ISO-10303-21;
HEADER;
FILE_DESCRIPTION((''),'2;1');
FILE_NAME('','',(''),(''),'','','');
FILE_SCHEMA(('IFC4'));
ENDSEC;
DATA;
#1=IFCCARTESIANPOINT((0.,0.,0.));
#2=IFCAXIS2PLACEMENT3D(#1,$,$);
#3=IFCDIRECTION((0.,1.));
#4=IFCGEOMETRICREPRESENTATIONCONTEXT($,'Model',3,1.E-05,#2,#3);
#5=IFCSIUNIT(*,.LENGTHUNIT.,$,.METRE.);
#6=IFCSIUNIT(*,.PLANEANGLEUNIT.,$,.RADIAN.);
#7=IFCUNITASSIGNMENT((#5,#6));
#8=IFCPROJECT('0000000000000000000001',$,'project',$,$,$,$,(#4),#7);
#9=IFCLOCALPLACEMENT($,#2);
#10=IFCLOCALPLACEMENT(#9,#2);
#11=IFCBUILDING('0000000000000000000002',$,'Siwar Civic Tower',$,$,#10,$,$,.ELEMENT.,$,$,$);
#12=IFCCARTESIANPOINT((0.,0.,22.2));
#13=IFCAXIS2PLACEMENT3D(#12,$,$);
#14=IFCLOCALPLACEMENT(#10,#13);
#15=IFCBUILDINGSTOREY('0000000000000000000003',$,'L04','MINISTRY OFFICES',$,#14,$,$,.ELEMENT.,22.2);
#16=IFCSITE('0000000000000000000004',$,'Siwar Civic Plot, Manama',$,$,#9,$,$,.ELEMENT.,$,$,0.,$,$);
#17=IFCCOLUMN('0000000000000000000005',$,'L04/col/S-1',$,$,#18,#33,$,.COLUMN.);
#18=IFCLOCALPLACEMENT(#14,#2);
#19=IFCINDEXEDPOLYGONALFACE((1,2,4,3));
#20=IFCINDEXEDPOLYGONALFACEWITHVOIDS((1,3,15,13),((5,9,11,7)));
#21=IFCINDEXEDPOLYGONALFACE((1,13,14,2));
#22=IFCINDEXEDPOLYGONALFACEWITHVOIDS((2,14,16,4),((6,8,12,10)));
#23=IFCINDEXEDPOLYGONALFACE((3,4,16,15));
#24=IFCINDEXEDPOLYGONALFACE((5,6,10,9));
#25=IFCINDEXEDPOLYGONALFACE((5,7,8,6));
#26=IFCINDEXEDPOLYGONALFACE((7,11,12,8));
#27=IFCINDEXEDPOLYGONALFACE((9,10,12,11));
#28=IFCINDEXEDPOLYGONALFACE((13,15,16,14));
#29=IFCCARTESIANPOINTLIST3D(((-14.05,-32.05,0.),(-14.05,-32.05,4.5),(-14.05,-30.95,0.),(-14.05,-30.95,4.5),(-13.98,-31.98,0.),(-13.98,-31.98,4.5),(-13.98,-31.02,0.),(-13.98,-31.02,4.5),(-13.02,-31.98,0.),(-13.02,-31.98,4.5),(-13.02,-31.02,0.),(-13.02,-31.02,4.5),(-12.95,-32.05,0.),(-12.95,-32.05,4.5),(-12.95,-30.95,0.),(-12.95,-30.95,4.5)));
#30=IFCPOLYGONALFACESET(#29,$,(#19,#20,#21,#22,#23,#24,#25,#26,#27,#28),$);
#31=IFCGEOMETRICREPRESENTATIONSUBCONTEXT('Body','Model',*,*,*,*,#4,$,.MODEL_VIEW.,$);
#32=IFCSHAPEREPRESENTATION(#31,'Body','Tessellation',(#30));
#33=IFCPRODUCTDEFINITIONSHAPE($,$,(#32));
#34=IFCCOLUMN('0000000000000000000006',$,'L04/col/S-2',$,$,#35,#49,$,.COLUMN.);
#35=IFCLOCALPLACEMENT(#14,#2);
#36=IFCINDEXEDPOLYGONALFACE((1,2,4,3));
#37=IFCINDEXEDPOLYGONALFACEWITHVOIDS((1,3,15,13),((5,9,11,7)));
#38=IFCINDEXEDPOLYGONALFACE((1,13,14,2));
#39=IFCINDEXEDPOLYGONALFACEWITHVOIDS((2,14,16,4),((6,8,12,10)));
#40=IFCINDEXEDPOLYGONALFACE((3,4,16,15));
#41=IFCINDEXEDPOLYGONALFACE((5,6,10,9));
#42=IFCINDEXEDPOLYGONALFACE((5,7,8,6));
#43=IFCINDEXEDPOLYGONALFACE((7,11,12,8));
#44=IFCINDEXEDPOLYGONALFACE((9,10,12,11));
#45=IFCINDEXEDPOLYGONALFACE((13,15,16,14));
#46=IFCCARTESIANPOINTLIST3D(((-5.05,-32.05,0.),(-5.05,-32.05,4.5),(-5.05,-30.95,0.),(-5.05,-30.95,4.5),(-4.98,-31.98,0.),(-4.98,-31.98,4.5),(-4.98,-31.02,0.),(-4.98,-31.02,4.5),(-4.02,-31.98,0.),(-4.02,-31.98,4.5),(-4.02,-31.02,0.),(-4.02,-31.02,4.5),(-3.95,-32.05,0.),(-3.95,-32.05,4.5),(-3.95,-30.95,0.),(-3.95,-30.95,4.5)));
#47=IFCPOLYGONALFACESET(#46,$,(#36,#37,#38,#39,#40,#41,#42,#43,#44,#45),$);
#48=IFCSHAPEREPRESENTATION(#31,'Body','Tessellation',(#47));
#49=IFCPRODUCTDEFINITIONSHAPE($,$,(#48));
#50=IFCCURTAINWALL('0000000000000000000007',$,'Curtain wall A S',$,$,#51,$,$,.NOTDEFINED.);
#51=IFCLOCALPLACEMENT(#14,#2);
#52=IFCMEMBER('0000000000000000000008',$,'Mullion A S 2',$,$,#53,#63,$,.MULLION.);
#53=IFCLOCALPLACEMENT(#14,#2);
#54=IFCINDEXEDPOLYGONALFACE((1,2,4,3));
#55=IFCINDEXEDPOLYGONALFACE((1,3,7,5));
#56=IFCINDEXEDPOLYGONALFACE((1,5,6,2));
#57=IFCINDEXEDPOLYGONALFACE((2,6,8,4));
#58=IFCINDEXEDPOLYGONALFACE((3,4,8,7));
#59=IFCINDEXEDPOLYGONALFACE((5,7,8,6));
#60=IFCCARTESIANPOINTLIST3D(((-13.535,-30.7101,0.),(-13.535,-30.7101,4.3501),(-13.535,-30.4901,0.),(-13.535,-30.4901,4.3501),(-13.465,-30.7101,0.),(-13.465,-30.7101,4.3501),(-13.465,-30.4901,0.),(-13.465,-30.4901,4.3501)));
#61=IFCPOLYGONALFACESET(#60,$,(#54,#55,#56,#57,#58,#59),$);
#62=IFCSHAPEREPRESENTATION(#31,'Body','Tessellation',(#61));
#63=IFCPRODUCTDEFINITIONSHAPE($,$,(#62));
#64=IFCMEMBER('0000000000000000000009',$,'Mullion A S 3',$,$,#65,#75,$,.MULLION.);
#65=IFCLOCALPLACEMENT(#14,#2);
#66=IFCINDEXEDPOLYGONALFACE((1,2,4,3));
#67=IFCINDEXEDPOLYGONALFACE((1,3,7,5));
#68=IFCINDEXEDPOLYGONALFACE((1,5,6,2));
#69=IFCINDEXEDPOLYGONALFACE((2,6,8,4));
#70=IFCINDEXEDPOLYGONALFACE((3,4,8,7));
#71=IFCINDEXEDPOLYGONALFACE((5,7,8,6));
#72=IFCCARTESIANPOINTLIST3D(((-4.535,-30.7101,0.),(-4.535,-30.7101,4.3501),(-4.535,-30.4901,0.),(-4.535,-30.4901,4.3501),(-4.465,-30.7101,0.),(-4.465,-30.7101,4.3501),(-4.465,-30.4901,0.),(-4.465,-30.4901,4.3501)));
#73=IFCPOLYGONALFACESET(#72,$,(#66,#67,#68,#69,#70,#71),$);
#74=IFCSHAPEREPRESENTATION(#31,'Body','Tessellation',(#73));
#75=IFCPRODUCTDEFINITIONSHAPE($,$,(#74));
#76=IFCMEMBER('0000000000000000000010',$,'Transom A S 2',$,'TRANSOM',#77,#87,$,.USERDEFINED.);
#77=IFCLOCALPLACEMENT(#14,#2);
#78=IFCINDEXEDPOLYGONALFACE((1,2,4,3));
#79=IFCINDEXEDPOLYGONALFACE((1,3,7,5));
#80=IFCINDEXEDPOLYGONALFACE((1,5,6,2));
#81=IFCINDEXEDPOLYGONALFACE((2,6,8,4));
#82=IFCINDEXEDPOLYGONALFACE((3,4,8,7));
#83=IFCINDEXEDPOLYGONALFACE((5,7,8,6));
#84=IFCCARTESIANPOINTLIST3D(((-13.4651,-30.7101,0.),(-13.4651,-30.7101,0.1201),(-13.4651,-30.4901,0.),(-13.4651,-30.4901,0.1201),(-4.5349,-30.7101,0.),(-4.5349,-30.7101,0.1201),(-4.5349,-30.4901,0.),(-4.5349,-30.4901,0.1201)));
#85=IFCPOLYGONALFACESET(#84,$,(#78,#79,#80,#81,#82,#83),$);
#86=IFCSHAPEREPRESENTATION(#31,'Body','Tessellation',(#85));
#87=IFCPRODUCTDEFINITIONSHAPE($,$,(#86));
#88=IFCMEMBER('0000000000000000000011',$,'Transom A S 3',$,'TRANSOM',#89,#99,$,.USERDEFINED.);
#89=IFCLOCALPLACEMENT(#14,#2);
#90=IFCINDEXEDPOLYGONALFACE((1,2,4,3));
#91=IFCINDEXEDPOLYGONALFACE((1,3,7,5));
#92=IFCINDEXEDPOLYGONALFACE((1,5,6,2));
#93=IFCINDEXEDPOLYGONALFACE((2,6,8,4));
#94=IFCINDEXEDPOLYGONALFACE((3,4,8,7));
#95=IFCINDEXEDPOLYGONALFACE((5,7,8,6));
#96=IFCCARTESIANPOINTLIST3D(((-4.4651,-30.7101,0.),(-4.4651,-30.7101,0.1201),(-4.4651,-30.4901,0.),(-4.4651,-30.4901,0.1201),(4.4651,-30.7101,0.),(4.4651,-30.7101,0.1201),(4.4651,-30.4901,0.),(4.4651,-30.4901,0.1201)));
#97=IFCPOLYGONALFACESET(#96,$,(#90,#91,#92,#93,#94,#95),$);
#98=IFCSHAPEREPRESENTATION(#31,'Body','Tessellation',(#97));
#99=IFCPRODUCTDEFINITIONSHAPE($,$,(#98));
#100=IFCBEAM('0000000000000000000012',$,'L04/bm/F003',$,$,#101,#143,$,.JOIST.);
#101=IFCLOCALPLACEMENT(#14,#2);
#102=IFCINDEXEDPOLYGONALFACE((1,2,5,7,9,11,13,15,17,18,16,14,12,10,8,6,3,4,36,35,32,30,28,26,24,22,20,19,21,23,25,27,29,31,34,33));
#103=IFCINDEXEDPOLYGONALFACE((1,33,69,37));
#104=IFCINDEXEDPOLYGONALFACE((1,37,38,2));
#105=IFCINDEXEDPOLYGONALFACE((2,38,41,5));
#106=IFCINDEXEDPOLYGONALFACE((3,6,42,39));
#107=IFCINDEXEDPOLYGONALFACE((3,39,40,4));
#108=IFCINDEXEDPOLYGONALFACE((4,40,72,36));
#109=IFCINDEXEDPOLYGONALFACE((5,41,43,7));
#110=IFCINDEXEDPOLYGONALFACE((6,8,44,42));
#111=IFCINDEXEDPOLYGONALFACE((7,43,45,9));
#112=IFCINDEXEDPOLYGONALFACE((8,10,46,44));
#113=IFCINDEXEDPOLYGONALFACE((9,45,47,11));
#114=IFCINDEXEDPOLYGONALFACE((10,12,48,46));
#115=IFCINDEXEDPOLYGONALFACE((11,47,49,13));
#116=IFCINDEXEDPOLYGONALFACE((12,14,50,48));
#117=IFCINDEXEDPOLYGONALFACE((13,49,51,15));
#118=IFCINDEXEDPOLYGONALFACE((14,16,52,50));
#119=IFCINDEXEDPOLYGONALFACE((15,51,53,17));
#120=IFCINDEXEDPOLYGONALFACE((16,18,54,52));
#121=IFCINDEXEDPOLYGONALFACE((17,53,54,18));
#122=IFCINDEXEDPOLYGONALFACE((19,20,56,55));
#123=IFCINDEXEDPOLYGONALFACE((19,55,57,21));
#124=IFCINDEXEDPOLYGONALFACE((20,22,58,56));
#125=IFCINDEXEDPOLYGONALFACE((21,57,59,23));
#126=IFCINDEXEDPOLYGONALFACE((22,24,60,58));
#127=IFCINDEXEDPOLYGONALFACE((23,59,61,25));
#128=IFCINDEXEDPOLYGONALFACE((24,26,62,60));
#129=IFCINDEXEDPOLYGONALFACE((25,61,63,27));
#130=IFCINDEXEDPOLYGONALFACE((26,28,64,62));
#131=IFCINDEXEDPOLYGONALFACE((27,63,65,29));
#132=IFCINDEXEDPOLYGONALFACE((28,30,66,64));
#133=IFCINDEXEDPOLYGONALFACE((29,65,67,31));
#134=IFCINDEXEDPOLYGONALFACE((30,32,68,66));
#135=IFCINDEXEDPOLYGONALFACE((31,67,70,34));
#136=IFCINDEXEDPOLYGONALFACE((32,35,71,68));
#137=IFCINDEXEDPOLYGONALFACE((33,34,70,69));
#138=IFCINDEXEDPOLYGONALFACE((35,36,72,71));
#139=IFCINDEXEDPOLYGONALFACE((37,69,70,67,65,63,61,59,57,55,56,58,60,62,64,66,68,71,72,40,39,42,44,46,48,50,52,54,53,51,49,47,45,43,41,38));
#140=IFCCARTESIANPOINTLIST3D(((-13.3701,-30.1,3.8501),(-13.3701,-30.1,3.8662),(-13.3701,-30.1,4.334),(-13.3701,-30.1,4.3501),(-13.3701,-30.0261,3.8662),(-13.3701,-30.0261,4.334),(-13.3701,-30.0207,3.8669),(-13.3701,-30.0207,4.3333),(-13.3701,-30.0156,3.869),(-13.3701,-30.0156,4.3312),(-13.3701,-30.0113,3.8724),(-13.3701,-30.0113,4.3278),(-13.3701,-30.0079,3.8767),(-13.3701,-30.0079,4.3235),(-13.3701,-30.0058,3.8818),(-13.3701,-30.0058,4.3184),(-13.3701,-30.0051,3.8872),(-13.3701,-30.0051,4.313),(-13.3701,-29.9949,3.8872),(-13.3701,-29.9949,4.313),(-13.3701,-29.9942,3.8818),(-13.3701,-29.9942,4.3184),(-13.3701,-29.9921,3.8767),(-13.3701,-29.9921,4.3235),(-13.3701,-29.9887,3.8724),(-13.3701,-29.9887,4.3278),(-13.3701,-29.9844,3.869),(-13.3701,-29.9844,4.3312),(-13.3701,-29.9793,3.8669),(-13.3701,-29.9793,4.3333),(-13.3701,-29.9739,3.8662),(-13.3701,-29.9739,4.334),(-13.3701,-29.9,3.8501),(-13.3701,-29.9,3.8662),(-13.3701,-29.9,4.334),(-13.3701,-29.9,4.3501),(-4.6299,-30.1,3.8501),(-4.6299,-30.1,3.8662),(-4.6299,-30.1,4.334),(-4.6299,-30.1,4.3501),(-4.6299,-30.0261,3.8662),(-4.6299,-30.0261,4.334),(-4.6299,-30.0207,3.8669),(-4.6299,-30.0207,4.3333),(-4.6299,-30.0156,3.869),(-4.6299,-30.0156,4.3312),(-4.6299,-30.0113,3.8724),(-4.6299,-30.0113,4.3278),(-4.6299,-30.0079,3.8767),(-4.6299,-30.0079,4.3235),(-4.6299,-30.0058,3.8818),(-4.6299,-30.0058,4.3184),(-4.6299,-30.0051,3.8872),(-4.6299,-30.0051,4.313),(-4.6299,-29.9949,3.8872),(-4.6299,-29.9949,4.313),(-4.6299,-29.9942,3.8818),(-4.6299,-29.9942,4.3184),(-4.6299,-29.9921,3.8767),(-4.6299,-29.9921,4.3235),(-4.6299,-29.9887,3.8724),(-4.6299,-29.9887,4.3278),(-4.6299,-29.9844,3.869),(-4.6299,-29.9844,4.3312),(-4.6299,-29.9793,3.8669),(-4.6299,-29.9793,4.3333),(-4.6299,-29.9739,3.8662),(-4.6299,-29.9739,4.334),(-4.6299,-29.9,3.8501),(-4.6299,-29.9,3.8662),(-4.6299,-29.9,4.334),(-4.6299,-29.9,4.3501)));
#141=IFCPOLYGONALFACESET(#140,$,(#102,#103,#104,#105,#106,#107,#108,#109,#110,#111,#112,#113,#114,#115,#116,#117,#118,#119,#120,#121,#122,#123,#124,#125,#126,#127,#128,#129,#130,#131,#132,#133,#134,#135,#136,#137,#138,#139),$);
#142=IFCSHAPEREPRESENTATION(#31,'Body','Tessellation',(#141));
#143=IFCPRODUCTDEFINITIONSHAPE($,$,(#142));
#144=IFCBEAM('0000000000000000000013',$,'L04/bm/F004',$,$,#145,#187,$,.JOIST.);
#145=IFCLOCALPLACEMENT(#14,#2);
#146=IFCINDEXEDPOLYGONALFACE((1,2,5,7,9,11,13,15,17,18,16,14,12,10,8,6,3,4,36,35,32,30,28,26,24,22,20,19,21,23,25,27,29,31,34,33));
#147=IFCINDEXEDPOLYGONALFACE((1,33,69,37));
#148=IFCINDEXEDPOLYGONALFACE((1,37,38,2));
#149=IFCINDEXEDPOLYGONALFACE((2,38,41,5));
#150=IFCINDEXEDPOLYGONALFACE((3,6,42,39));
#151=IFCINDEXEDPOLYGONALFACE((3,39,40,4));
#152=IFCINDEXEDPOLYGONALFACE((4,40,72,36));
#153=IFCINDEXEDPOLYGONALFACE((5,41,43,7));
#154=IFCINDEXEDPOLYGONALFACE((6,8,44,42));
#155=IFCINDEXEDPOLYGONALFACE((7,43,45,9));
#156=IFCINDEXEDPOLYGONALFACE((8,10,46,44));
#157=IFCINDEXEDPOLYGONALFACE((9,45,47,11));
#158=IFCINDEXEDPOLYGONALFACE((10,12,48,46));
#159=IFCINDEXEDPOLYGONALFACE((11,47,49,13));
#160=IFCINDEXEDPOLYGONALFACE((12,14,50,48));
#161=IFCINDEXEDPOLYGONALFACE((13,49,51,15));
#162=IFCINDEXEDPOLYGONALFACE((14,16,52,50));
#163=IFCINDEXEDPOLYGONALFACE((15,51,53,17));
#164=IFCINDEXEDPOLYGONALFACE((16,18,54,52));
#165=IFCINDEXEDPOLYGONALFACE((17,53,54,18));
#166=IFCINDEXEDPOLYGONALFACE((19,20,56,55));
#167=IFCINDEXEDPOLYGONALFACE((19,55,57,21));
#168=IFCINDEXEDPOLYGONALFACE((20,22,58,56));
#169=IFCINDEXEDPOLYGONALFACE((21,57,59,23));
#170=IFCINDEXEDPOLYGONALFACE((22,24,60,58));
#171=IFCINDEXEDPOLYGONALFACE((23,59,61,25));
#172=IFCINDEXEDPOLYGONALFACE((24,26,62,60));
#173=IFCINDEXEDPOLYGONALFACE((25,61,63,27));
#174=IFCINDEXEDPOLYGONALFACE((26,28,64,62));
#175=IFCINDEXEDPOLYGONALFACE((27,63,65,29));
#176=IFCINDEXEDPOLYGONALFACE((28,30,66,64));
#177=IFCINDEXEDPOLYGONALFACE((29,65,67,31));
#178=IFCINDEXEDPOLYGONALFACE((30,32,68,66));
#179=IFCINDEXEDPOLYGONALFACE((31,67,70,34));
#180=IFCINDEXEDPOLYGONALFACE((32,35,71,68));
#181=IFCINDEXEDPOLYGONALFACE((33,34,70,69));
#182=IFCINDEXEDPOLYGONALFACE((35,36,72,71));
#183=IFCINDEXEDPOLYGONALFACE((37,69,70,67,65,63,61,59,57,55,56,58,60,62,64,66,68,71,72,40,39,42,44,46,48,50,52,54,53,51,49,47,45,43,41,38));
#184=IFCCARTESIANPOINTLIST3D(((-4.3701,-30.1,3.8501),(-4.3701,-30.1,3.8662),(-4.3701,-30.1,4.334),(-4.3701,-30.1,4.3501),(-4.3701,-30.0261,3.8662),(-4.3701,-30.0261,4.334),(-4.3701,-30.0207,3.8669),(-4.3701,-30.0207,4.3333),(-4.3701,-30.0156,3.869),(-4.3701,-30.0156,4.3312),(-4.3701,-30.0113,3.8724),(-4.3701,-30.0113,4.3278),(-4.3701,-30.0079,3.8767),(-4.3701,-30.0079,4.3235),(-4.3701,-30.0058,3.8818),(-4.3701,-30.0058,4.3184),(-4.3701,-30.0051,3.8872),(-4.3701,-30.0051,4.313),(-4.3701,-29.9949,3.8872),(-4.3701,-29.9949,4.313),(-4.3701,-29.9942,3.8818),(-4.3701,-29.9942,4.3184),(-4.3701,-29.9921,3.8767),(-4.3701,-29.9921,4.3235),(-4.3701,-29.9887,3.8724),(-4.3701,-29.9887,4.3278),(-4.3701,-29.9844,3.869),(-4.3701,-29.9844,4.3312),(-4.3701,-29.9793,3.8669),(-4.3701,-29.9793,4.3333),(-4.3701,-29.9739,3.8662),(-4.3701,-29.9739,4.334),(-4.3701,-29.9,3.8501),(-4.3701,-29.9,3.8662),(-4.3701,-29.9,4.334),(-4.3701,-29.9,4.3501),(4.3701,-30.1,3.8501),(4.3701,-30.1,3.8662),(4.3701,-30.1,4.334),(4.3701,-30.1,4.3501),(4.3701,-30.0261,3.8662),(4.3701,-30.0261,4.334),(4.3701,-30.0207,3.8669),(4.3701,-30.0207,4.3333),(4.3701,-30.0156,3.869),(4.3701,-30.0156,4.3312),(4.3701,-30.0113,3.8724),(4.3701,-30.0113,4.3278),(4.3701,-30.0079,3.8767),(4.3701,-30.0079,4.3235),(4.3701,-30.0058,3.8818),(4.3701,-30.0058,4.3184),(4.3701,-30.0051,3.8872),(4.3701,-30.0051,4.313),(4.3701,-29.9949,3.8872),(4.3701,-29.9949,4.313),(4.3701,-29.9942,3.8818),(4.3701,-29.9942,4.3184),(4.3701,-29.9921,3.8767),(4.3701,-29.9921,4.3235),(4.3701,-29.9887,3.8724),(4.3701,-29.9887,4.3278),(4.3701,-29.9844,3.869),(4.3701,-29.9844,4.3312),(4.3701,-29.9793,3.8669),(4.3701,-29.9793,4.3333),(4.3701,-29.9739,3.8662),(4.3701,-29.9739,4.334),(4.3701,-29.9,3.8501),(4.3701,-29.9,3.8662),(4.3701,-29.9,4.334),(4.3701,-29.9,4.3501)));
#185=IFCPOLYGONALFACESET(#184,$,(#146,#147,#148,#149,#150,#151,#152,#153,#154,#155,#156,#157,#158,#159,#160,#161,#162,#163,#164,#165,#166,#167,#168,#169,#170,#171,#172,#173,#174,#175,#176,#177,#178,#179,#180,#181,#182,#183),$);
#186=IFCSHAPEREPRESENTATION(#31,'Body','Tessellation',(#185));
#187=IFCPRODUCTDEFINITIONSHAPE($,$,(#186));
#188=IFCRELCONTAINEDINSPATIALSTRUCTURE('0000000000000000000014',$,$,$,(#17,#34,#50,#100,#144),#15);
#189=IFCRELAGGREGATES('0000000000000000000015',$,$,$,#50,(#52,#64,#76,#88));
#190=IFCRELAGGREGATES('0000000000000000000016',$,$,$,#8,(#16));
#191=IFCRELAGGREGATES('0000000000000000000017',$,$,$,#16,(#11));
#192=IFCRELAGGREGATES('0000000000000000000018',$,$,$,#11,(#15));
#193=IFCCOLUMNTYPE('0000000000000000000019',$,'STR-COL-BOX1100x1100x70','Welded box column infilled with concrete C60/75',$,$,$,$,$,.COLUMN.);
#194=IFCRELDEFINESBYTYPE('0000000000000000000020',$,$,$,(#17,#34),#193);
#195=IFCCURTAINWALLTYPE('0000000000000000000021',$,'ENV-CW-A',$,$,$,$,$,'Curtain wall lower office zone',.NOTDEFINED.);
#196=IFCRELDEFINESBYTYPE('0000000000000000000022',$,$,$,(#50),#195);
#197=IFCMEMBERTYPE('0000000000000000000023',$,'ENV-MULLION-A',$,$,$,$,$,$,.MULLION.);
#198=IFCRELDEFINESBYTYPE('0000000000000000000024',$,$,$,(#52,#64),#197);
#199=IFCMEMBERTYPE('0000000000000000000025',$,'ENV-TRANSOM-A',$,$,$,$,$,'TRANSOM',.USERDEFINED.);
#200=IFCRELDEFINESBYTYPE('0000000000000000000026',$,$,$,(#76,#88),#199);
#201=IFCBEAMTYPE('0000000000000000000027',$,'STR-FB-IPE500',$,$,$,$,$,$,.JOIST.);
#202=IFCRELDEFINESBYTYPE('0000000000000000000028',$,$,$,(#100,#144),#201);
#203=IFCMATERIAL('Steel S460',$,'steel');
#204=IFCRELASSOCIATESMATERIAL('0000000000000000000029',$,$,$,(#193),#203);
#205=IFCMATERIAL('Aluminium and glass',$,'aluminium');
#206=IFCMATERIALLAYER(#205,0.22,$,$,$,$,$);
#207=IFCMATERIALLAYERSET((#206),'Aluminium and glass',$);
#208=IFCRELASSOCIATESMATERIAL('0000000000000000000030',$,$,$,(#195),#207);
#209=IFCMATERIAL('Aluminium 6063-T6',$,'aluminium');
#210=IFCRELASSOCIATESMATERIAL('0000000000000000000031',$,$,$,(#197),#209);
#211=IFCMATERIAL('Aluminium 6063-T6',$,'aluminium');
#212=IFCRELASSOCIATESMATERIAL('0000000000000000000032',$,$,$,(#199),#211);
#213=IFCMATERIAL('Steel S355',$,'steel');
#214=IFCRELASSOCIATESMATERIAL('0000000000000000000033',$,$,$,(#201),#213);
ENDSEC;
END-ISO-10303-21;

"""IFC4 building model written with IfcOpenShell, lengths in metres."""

from ifc_helpers import new_model, si_unit, direction, frame, origin, origin_2d, place, context, subcontext, project, spatial, rectangle, hollow_rectangle, i_section, extrude, material, layer, layer_set, material_profile, profile_set, type_object, element, aggregate, save


model = new_model("IFC4")

# Units and contexts
model_context = context("Model", 3, precision=1e-05, world=origin(), true_north=direction((0.0, 1.0)))
body_context = subcontext(model_context, "Body", "Model", "MODEL_VIEW")
ifc_project = project(units=[si_unit("LENGTHUNIT", "METRE"), si_unit("PLANEANGLEUNIT", "RADIAN")], contexts=[model_context])

# Site, building, storey
site_placement = place(None, origin())
site = spatial("IfcSite", under=ifc_project, at=site_placement, Name="Siwar Civic Plot, Manama", CompositionType="ELEMENT", RefElevation=0.0)
building_placement = place(site_placement, origin())
building = spatial("IfcBuilding", under=site, at=building_placement, Name="Siwar Civic Tower", CompositionType="ELEMENT")
storey_placement = place(building_placement, frame((0.0, 0.0, 22.2)))
storey = spatial("IfcBuildingStorey", under=building, at=storey_placement, Name="L04", Description="MINISTRY OFFICES", CompositionType="ELEMENT", Elevation=22.2)

# Columns
ifc_material_1 = material(Name="Steel S460", Category="steel")
ifc_material_profile_1 = material_profile(ifc_material_1, hollow_rectangle(XDim=1.1001, YDim=1.1001, WallThickness=0.0701, at=origin_2d()), Name="BOX1100x1100x70")
ifc_profile_set_1 = profile_set([ifc_material_profile_1], Name="Steel S460")
column_type = type_object("IfcColumnType", Name="STR-COL-BOX1100x1100x70", Description="Welded box column infilled with concrete C60/75", PredefinedType="COLUMN", material=ifc_profile_set_1)
for number, where, z_axis, x_axis, name in (
    (1, (-13.5, -31.5, 0.0), (0.0, 0.0, 1.0), (1.0, 0.0, 0.0), "L04/col/S-1"),
    (2, (-4.5, -31.5, 0.0), (0.0, 0.0, 1.0), (1.0, 0.0, 0.0), "L04/col/S-2"),
):
    element("IfcColumn", number, at=place(storey_placement, frame(where, z_axis=z_axis, x_axis=x_axis)), inside=storey, type_object=column_type, Name=name, PredefinedType="COLUMN", context=body_context, shape_type="SweptSolid", body=[
        extrude(hollow_rectangle(XDim=1.1001, YDim=1.1001, WallThickness=0.0701, at=origin_2d()), origin(), (0.0, 0.0, 1.0), 4.5),
    ])

# Curtain wall, members
ifc_material_2 = material(Name="Aluminium and glass", Category="aluminium")
ifc_layer_1 = layer(ifc_material_2, 0.22)
ifc_layer_set_1 = layer_set([ifc_layer_1], Name="Aluminium and glass")
curtain_wall_type = type_object("IfcCurtainWallType", Name="ENV-CW-A", ElementType="Curtain wall lower office zone", PredefinedType="NOTDEFINED", material=ifc_layer_set_1)
curtain_wall_placement = place(storey_placement, origin())
curtain_wall = element("IfcCurtainWall", 3, at=curtain_wall_placement, inside=storey, type_object=curtain_wall_type, Name="Curtain wall A S", PredefinedType="NOTDEFINED")
ifc_material_3 = material(Name="Aluminium 6063-T6", Category="aluminium")
ifc_material_profile_2 = material_profile(ifc_material_3, rectangle(XDim=0.22, YDim=0.0701, at=origin_2d()), Name="AL 220x70")
ifc_profile_set_2 = profile_set([ifc_material_profile_2], Name="Aluminium 6063-T6")
member_type_1 = type_object("IfcMemberType", Name="ENV-MULLION-A", PredefinedType="MULLION", material=ifc_profile_set_2)
member_1_placement = place(storey_placement, frame((-13.5, -30.6001, 0.0), z_axis=(0.0, 0.0, 1.0), x_axis=(0.0, 1.0, 0.0)))
member_1 = element("IfcMember", 4, at=member_1_placement, type_object=member_type_1, Name="Mullion A S 2", PredefinedType="MULLION", context=body_context, shape_type="SweptSolid", body=[
    extrude(rectangle(XDim=0.22, YDim=0.0701, at=origin_2d()), origin(), (0.0, 0.0, 1.0), 4.3501),
])
member_2_placement = place(storey_placement, frame((-4.5, -30.6001, 0.0), z_axis=(0.0, 0.0, 1.0), x_axis=(0.0, 1.0, 0.0)))
member_2 = element("IfcMember", 5, at=member_2_placement, type_object=member_type_1, Name="Mullion A S 3", PredefinedType="MULLION", context=body_context, shape_type="SweptSolid", body=[
    extrude(rectangle(XDim=0.22, YDim=0.0701, at=origin_2d()), origin(), (0.0, 0.0, 1.0), 4.3501),
])
ifc_material_4 = material(Name="Aluminium 6063-T6", Category="aluminium")
ifc_material_profile_3 = material_profile(ifc_material_4, rectangle(XDim=0.22, YDim=0.1201, at=origin_2d()), Name="AL 220x120")
ifc_profile_set_3 = profile_set([ifc_material_profile_3], Name="Aluminium 6063-T6")
member_type_2 = type_object("IfcMemberType", Name="ENV-TRANSOM-A", ElementType="TRANSOM", PredefinedType="USERDEFINED", material=ifc_profile_set_3)
member_3_placement = place(storey_placement, frame((-13.4651, -30.6001, 0.0601), z_axis=(1.0, 0.0, 0.0), x_axis=(0.0, 1.0, 0.0)))
member_3 = element("IfcMember", 6, at=member_3_placement, type_object=member_type_2, Name="Transom A S 2", ObjectType="TRANSOM", PredefinedType="USERDEFINED", context=body_context, shape_type="SweptSolid", body=[
    extrude(rectangle(XDim=0.22, YDim=0.1201, at=origin_2d()), origin(), (0.0, 0.0, 1.0), 8.9302),
])
member_4_placement = place(storey_placement, frame((-4.4651, -30.6001, 0.0601), z_axis=(1.0, 0.0, 0.0), x_axis=(0.0, 1.0, 0.0)))
member_4 = element("IfcMember", 7, at=member_4_placement, type_object=member_type_2, Name="Transom A S 3", ObjectType="TRANSOM", PredefinedType="USERDEFINED", context=body_context, shape_type="SweptSolid", body=[
    extrude(rectangle(XDim=0.22, YDim=0.1201, at=origin_2d()), origin(), (0.0, 0.0, 1.0), 8.9302),
])

# Beams
ifc_material_5 = material(Name="Steel S355", Category="steel")
ifc_material_profile_4 = material_profile(ifc_material_5, i_section(OverallWidth=0.2, OverallDepth=0.5, WebThickness=0.0103, FlangeThickness=0.0161, FilletRadius=0.021, at=origin_2d()), Name="IPE500")
ifc_profile_set_4 = profile_set([ifc_material_profile_4], Name="Steel S355")
beam_type_1 = type_object("IfcBeamType", Name="STR-FB-IPE500", PredefinedType="JOIST", material=ifc_profile_set_4)
for number, where, z_axis, x_axis, name in (
    (8, (-13.3701, -30.0, 4.1001), (1.0, 0.0, 0.0), (0.0, 1.0, 0.0), "L04/bm/F003"),
    (9, (-4.3701, -30.0, 4.1001), (1.0, 0.0, 0.0), (0.0, 1.0, 0.0), "L04/bm/F004"),
):
    element("IfcBeam", number, at=place(storey_placement, frame(where, z_axis=z_axis, x_axis=x_axis)), inside=storey, type_object=beam_type_1, Name=name, PredefinedType="JOIST", context=body_context, shape_type="SweptSolid", body=[
        extrude(i_section(OverallWidth=0.2, OverallDepth=0.5, WebThickness=0.0103, FlangeThickness=0.0161, FilletRadius=0.021, at=origin_2d()), origin(), (0.0, 0.0, 1.0), 8.7402),
    ])

aggregate(curtain_wall, [member_1, member_2, member_3, member_4])

save(model, "model.ifc")
